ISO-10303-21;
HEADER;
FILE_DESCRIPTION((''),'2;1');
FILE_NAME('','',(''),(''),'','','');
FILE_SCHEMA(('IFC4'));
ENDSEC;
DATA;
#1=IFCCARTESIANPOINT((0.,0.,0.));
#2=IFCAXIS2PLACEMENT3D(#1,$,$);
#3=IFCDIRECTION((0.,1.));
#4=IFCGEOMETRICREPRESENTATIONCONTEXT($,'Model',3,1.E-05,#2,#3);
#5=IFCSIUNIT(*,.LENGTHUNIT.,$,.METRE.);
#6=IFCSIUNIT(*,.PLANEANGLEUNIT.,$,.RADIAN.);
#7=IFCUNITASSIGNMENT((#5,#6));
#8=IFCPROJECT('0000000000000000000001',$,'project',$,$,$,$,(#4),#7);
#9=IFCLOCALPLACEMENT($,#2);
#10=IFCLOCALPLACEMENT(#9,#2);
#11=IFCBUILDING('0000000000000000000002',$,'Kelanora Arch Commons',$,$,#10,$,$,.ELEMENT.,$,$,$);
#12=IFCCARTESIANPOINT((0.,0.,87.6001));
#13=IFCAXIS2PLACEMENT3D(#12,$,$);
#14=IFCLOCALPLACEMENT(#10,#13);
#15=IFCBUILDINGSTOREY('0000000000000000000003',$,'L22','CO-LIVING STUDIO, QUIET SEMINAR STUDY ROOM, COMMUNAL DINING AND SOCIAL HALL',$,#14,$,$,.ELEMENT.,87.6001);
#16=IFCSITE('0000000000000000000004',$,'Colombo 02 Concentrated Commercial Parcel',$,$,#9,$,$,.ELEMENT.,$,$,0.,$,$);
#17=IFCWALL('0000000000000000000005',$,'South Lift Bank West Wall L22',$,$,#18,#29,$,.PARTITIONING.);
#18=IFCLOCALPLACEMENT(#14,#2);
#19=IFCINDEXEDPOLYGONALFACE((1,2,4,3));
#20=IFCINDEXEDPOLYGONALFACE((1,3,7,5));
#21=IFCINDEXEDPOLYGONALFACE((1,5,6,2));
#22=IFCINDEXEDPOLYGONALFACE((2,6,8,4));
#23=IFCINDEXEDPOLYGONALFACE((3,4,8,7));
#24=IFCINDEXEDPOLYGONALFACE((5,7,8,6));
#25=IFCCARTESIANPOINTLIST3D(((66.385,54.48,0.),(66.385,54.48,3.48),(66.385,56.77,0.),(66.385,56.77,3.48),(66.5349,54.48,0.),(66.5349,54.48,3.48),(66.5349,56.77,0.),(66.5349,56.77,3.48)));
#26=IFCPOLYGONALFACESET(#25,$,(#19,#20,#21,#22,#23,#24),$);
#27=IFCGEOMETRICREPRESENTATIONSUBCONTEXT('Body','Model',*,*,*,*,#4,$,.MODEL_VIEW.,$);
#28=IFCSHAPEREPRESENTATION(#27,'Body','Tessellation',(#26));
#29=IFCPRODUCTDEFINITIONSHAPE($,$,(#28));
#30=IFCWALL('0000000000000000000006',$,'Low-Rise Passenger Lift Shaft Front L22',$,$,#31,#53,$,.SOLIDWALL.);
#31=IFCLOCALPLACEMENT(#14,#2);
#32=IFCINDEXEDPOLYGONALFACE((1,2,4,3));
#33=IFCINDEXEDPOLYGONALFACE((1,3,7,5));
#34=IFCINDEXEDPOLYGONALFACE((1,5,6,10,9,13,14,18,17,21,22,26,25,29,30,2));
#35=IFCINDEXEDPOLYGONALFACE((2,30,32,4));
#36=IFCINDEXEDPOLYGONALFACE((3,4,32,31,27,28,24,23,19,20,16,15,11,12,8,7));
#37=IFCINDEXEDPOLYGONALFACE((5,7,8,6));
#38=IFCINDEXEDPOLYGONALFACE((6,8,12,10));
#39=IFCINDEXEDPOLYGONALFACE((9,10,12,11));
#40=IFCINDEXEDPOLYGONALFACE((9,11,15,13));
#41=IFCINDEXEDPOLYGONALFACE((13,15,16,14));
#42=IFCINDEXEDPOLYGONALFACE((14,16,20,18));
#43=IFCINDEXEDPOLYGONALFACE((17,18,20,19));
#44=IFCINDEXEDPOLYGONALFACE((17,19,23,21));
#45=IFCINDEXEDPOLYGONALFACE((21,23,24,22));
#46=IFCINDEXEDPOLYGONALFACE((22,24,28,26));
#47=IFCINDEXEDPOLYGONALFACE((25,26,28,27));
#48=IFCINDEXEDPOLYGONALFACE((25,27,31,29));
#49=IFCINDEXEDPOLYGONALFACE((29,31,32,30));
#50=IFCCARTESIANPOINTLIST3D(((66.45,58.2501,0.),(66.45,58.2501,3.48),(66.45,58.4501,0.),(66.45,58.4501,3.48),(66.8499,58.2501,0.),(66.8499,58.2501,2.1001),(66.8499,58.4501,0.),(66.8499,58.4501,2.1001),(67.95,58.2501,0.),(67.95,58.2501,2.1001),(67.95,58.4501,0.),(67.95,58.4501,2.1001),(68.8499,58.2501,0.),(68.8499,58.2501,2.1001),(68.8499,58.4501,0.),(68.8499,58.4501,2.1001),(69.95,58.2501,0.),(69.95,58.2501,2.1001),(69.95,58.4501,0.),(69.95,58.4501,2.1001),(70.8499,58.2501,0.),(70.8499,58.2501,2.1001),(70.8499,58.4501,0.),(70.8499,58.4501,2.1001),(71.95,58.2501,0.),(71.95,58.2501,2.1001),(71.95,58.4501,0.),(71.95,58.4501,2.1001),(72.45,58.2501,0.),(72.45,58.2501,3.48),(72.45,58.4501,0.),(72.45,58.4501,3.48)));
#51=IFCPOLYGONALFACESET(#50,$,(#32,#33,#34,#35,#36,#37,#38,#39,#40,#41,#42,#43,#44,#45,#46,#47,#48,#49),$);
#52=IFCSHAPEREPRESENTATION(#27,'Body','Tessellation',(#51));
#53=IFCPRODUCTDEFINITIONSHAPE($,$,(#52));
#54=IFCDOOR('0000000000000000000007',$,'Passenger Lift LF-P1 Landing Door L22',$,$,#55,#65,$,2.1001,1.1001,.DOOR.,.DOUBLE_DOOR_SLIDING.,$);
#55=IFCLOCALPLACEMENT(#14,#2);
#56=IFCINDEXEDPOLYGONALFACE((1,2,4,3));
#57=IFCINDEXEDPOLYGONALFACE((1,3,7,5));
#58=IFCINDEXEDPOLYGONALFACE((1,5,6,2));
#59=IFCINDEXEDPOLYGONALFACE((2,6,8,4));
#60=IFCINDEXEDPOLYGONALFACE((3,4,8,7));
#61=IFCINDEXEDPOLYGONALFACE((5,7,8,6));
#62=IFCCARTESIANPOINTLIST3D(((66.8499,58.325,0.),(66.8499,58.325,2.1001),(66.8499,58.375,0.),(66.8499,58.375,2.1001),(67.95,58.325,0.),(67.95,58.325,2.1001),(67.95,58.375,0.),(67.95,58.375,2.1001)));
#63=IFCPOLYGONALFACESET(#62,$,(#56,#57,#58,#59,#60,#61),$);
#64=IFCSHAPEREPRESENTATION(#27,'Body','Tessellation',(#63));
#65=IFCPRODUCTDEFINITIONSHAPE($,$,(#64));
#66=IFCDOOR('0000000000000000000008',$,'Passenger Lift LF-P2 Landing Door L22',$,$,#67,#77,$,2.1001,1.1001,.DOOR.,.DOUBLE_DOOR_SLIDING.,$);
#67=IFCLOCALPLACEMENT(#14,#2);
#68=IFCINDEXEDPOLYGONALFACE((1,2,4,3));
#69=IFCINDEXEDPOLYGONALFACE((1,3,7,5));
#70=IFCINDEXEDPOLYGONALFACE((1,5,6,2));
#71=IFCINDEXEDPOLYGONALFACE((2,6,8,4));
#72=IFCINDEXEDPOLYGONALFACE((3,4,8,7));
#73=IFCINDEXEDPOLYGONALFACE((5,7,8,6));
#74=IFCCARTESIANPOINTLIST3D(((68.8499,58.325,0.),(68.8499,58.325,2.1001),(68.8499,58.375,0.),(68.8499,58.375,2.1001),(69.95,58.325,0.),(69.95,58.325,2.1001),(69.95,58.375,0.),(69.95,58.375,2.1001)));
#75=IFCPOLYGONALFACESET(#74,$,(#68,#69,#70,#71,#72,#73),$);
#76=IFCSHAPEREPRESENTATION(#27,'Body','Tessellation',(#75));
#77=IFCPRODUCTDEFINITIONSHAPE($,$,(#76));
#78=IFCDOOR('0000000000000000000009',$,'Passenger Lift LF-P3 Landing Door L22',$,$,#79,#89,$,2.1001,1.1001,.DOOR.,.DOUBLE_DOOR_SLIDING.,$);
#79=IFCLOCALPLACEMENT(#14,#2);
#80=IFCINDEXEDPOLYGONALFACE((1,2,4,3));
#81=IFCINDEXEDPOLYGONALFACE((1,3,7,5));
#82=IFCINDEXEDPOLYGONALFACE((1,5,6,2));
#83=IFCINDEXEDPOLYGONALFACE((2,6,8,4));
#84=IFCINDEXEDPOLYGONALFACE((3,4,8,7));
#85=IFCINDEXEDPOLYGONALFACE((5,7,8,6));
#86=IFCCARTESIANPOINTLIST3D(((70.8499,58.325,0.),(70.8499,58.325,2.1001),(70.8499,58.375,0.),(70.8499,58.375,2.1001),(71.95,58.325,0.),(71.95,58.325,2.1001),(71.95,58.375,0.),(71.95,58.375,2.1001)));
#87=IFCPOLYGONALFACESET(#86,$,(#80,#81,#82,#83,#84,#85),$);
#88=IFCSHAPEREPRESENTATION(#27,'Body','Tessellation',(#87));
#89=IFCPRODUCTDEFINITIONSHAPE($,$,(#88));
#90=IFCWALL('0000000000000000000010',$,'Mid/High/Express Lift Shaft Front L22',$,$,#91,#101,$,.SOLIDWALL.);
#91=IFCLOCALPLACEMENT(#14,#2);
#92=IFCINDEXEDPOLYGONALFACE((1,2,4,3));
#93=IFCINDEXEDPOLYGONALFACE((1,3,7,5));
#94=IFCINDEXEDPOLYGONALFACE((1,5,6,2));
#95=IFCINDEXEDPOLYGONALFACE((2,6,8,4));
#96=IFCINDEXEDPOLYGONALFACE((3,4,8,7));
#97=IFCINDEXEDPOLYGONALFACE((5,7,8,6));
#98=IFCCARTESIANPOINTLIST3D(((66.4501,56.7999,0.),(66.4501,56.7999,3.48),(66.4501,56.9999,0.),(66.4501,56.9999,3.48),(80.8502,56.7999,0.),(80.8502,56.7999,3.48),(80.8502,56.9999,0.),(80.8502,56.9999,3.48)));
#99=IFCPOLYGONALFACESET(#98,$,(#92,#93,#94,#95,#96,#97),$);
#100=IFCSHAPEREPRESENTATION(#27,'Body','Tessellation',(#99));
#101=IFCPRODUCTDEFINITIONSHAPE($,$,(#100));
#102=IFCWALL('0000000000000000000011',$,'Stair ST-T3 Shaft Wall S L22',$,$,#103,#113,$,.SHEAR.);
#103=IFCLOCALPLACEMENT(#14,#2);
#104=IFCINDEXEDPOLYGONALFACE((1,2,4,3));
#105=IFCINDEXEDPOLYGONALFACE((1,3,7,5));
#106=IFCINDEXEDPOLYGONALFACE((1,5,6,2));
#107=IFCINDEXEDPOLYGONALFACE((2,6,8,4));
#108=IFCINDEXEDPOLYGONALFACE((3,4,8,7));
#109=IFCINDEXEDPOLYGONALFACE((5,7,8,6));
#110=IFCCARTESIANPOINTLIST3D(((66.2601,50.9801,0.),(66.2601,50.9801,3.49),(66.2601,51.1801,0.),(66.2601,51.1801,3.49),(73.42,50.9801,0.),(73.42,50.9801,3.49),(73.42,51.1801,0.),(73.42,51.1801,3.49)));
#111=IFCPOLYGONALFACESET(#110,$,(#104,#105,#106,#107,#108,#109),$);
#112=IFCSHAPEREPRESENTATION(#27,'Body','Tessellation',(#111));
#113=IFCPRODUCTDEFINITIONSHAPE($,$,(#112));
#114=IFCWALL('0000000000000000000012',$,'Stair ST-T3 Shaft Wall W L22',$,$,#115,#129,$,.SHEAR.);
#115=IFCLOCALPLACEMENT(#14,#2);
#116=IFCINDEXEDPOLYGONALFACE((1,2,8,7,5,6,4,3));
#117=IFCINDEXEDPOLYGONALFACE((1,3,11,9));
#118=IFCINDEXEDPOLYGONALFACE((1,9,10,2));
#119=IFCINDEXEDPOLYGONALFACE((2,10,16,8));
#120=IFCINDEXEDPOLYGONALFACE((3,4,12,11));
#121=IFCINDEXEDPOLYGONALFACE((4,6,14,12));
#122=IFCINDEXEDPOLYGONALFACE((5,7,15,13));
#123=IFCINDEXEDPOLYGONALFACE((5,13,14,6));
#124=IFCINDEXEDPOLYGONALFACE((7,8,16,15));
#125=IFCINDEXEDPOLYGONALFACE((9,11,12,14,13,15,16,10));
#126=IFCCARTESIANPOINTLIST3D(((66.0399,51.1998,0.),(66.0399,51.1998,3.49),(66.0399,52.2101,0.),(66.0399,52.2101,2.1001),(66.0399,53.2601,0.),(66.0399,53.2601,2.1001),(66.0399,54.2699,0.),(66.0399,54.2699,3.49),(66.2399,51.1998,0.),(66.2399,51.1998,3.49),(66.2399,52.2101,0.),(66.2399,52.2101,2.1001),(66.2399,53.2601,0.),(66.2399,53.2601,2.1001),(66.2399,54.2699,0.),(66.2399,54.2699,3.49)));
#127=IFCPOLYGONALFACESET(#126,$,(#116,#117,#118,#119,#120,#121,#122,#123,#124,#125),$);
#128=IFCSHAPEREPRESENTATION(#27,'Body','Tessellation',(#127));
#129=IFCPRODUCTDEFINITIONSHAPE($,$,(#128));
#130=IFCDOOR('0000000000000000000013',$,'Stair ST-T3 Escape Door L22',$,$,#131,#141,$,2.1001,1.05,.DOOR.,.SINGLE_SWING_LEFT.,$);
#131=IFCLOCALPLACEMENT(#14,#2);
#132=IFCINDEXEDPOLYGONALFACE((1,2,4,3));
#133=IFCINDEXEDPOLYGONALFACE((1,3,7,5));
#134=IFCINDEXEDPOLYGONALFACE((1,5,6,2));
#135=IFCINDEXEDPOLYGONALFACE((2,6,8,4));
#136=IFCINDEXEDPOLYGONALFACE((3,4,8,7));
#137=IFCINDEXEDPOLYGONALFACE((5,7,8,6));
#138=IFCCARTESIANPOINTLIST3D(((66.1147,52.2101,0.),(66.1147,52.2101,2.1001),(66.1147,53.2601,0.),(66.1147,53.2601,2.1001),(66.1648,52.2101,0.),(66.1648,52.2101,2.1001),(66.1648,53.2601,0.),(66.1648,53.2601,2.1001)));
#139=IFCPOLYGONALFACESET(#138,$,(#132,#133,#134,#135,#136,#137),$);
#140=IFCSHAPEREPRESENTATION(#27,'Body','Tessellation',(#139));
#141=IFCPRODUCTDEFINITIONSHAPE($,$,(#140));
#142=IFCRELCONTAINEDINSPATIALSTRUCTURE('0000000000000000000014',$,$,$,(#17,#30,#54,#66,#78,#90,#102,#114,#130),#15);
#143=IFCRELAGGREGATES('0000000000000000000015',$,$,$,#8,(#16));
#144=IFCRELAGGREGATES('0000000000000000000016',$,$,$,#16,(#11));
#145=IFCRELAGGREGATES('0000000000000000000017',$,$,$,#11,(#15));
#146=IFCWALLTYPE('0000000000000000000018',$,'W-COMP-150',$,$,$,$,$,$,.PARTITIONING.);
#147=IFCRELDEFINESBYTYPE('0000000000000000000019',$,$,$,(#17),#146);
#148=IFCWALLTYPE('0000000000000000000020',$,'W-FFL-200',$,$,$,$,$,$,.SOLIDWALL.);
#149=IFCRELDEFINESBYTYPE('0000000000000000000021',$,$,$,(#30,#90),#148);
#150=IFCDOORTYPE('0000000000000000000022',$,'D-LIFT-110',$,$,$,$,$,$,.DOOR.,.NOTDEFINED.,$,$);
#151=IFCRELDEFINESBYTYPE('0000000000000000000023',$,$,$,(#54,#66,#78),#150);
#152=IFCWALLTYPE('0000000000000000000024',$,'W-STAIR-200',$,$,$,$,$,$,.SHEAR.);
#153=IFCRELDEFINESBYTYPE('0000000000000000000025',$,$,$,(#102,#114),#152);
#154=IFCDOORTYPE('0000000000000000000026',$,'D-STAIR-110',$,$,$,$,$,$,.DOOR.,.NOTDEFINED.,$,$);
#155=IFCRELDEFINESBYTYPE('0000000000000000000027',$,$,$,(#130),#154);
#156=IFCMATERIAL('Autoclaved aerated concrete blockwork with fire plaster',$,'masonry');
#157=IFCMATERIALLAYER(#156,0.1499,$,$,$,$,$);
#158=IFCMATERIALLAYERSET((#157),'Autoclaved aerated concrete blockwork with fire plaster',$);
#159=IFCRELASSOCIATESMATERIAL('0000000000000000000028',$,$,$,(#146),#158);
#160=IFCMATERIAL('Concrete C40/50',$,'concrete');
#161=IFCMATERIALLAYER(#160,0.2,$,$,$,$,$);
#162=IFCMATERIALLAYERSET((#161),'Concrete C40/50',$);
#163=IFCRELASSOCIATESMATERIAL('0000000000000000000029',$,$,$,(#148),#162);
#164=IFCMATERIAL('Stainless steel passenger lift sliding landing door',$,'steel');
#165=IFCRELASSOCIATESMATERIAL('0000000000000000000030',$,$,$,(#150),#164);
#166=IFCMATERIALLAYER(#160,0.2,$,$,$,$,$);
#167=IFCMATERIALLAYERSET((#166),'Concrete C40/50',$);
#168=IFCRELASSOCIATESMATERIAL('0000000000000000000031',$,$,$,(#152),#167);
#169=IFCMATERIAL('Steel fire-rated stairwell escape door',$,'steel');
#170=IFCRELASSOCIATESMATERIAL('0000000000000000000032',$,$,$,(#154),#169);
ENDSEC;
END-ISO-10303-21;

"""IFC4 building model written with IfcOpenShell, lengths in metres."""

from ifc_helpers import new_model, si_unit, direction, frame, frame_2d, origin, place, context, subcontext, project, spatial, rectangle, extrude, material, layer, layer_set, type_object, element, fill, save


model = new_model("IFC4")

# Units and contexts
model_context = context("Model", 3, precision=1e-05, world=origin(), true_north=direction((0.0, 1.0)))
body_context = subcontext(model_context, "Body", "Model", "MODEL_VIEW")
ifc_project = project(units=[si_unit("LENGTHUNIT", "METRE"), si_unit("PLANEANGLEUNIT", "RADIAN")], contexts=[model_context])

# Site, building, storey
site_placement = place(None, origin())
site = spatial("IfcSite", under=ifc_project, at=site_placement, Name="Colombo 02 Concentrated Commercial Parcel", CompositionType="ELEMENT", RefElevation=0.0)
building_placement = place(site_placement, origin())
building = spatial("IfcBuilding", under=site, at=building_placement, Name="Kelanora Arch Commons", CompositionType="ELEMENT")
storey_placement = place(building_placement, frame((0.0, 0.0, 87.6001)))
storey = spatial("IfcBuildingStorey", under=building, at=storey_placement, Name="L22", Description="CO-LIVING STUDIO, QUIET SEMINAR STUDY ROOM, COMMUNAL DINING AND SOCIAL HALL", CompositionType="ELEMENT", Elevation=87.6001)

# Wall
ifc_material_1 = material(Name="Autoclaved aerated concrete blockwork with fire plaster", Category="masonry")
ifc_layer_1 = layer(ifc_material_1, 0.1499)
ifc_layer_set_1 = layer_set([ifc_layer_1], Name="Autoclaved aerated concrete blockwork with fire plaster")
wall_type_1 = type_object("IfcWallType", Name="W-COMP-150", PredefinedType="PARTITIONING", material=ifc_layer_set_1)
wall_1_placement = place(storey_placement, frame((66.46, 54.48, 0.0), z_axis=(0.0, 0.0, 1.0), x_axis=(0.0, 1.0, 0.0)))
element("IfcWall", 1, at=wall_1_placement, inside=storey, type_object=wall_type_1, Name="South Lift Bank West Wall L22", PredefinedType="PARTITIONING", context=body_context, shape_type="SweptSolid", body=[
    extrude(rectangle(XDim=2.29, YDim=0.1499, at=frame_2d((1.145, 0.0))), origin(), (0.0, 0.0, 1.0), 3.48),
])

# Wall, openings, doors
ifc_material_2 = material(Name="Concrete C40/50", Category="concrete")
ifc_layer_2 = layer(ifc_material_2, 0.2)
ifc_layer_set_2 = layer_set([ifc_layer_2], Name="Concrete C40/50")
wall_type_2 = type_object("IfcWallType", Name="W-FFL-200", PredefinedType="SOLIDWALL", material=ifc_layer_set_2)
wall_2_placement = place(storey_placement, frame((66.45, 58.3501, 0.0), z_axis=(0.0, 0.0, 1.0), x_axis=(1.0, 0.0, 0.0)))
wall_2 = element("IfcWall", 2, at=wall_2_placement, inside=storey, type_object=wall_type_2, Name="Low-Rise Passenger Lift Shaft Front L22", PredefinedType="SOLIDWALL", context=body_context, shape_type="SweptSolid", body=[
    extrude(rectangle(XDim=6.0, YDim=0.2, at=frame_2d((3.0, 0.0))), origin(), (0.0, 0.0, 1.0), 3.48),
])
opening_1_placement = place(wall_2_placement, frame((0.3999, 0.0, 0.0)))
opening_1 = element("IfcOpeningElement", 3, at=opening_1_placement, cuts=wall_2, PredefinedType="OPENING", context=body_context, shape_type="SweptSolid", body=[
    extrude(rectangle(XDim=1.1001, YDim=2.1001, at=frame_2d((0.55, 1.05))), frame((0.0, 0.1099, 0.0), z_axis=(0.0, -1.0, 0.0), x_axis=(1.0, 0.0, 0.0)), (0.0, 0.0, 1.0), 0.22),
])
opening_2_placement = place(wall_2_placement, frame((2.3999, 0.0, 0.0)))
opening_2 = element("IfcOpeningElement", 4, at=opening_2_placement, cuts=wall_2, PredefinedType="OPENING", context=body_context, shape_type="SweptSolid", body=[
    extrude(rectangle(XDim=1.1001, YDim=2.1001, at=frame_2d((0.55, 1.05))), frame((0.0, 0.1099, 0.0), z_axis=(0.0, -1.0, 0.0), x_axis=(1.0, 0.0, 0.0)), (0.0, 0.0, 1.0), 0.22),
])
opening_3_placement = place(wall_2_placement, frame((4.3999, 0.0, 0.0)))
opening_3 = element("IfcOpeningElement", 5, at=opening_3_placement, cuts=wall_2, PredefinedType="OPENING", context=body_context, shape_type="SweptSolid", body=[
    extrude(rectangle(XDim=1.1001, YDim=2.1001, at=frame_2d((0.55, 1.05))), frame((0.0, 0.1099, 0.0), z_axis=(0.0, -1.0, 0.0), x_axis=(1.0, 0.0, 0.0)), (0.0, 0.0, 1.0), 0.22),
])
ifc_material_3 = material(Name="Stainless steel passenger lift sliding landing door", Category="steel")
door_type_1 = type_object("IfcDoorType", Name="D-LIFT-110", OperationType="NOTDEFINED", PredefinedType="DOOR", material=ifc_material_3)
door_1_placement = place(opening_1_placement, origin())
door_1 = element("IfcDoor", 6, at=door_1_placement, inside=storey, type_object=door_type_1, Name="Passenger Lift LF-P1 Landing Door L22", OperationType="DOUBLE_DOOR_SLIDING", OverallHeight=2.1001, OverallWidth=1.1001, PredefinedType="DOOR", context=body_context, shape_type="SweptSolid", body=[
    extrude(rectangle(XDim=1.1001, YDim=2.1001, at=frame_2d((0.55, 1.05))), frame((0.0, 0.0249, 0.0), z_axis=(0.0, -1.0, 0.0), x_axis=(1.0, 0.0, 0.0)), (0.0, 0.0, 1.0), 0.05),
])
fill(opening_1, door_1)
door_2_placement = place(opening_2_placement, origin())
door_2 = element("IfcDoor", 7, at=door_2_placement, inside=storey, type_object=door_type_1, Name="Passenger Lift LF-P2 Landing Door L22", OperationType="DOUBLE_DOOR_SLIDING", OverallHeight=2.1001, OverallWidth=1.1001, PredefinedType="DOOR", context=body_context, shape_type="SweptSolid", body=[
    extrude(rectangle(XDim=1.1001, YDim=2.1001, at=frame_2d((0.55, 1.05))), frame((0.0, 0.0249, 0.0), z_axis=(0.0, -1.0, 0.0), x_axis=(1.0, 0.0, 0.0)), (0.0, 0.0, 1.0), 0.05),
])
fill(opening_2, door_2)
door_3_placement = place(opening_3_placement, origin())
door_3 = element("IfcDoor", 8, at=door_3_placement, inside=storey, type_object=door_type_1, Name="Passenger Lift LF-P3 Landing Door L22", OperationType="DOUBLE_DOOR_SLIDING", OverallHeight=2.1001, OverallWidth=1.1001, PredefinedType="DOOR", context=body_context, shape_type="SweptSolid", body=[
    extrude(rectangle(XDim=1.1001, YDim=2.1001, at=frame_2d((0.55, 1.05))), frame((0.0, 0.0249, 0.0), z_axis=(0.0, -1.0, 0.0), x_axis=(1.0, 0.0, 0.0)), (0.0, 0.0, 1.0), 0.05),
])
fill(opening_3, door_3)

# Walls
wall_3_placement = place(storey_placement, frame((66.45, 56.8999, 0.0), z_axis=(0.0, 0.0, 1.0), x_axis=(1.0, 0.0, 0.0)))
element("IfcWall", 9, at=wall_3_placement, inside=storey, type_object=wall_type_2, Name="Mid/High/Express Lift Shaft Front L22", PredefinedType="SOLIDWALL", context=body_context, shape_type="SweptSolid", body=[
    extrude(rectangle(XDim=14.4001, YDim=0.2, at=frame_2d((7.2002, 0.0))), origin(), (0.0, 0.0, 1.0), 3.48),
])
ifc_layer_3 = layer(ifc_material_2, 0.2)
ifc_layer_set_3 = layer_set([ifc_layer_3], Name="Concrete C40/50")
wall_type_3 = type_object("IfcWallType", Name="W-STAIR-200", PredefinedType="SHEAR", material=ifc_layer_set_3)
wall_4_placement = place(storey_placement, frame((66.26, 51.0801, 0.0), z_axis=(0.0, 0.0, 1.0), x_axis=(1.0, 0.0, 0.0)))
element("IfcWall", 10, at=wall_4_placement, inside=storey, type_object=wall_type_3, Name="Stair ST-T3 Shaft Wall S L22", PredefinedType="SHEAR", context=body_context, shape_type="SweptSolid", body=[
    extrude(rectangle(XDim=7.1599, YDim=0.2, at=frame_2d((3.5801, 0.0))), origin(), (0.0, 0.0, 1.0), 3.49),
])

# Wall, opening, door
wall_5_placement = place(storey_placement, frame((66.1399, 54.27, 0.0), z_axis=(0.0, 0.0, 1.0), x_axis=(0.0, -1.0, 0.0)))
wall_5 = element("IfcWall", 11, at=wall_5_placement, inside=storey, type_object=wall_type_3, Name="Stair ST-T3 Shaft Wall W L22", PredefinedType="SHEAR", context=body_context, shape_type="SweptSolid", body=[
    extrude(rectangle(XDim=3.0701, YDim=0.2, at=frame_2d((1.5352, 0.0))), origin(), (0.0, 0.0, 1.0), 3.49),
])
opening_4_placement = place(wall_5_placement, frame((1.01, 0.0, 0.0)))
opening_4 = element("IfcOpeningElement", 12, at=opening_4_placement, cuts=wall_5, PredefinedType="OPENING", context=body_context, shape_type="SweptSolid", body=[
    extrude(rectangle(XDim=1.05, YDim=2.1001, at=frame_2d((0.5249, 1.05))), frame((0.0, 0.1099, 0.0), z_axis=(0.0, -1.0, 0.0), x_axis=(1.0, 0.0, 0.0)), (0.0, 0.0, 1.0), 0.22),
])
ifc_material_4 = material(Name="Steel fire-rated stairwell escape door", Category="steel")
door_type_2 = type_object("IfcDoorType", Name="D-STAIR-110", OperationType="NOTDEFINED", PredefinedType="DOOR", material=ifc_material_4)
door_4_placement = place(opening_4_placement, origin())
door_4 = element("IfcDoor", 13, at=door_4_placement, inside=storey, type_object=door_type_2, Name="Stair ST-T3 Escape Door L22", OperationType="SINGLE_SWING_LEFT", OverallHeight=2.1001, OverallWidth=1.05, PredefinedType="DOOR", context=body_context, shape_type="SweptSolid", body=[
    extrude(rectangle(XDim=1.05, YDim=2.1001, at=frame_2d((0.5249, 1.05))), frame((0.0, 0.0249, 0.0), z_axis=(0.0, -1.0, 0.0), x_axis=(1.0, 0.0, 0.0)), (0.0, 0.0, 1.0), 0.05),
])
fill(opening_4, door_4)

save(model, "model.ifc")
